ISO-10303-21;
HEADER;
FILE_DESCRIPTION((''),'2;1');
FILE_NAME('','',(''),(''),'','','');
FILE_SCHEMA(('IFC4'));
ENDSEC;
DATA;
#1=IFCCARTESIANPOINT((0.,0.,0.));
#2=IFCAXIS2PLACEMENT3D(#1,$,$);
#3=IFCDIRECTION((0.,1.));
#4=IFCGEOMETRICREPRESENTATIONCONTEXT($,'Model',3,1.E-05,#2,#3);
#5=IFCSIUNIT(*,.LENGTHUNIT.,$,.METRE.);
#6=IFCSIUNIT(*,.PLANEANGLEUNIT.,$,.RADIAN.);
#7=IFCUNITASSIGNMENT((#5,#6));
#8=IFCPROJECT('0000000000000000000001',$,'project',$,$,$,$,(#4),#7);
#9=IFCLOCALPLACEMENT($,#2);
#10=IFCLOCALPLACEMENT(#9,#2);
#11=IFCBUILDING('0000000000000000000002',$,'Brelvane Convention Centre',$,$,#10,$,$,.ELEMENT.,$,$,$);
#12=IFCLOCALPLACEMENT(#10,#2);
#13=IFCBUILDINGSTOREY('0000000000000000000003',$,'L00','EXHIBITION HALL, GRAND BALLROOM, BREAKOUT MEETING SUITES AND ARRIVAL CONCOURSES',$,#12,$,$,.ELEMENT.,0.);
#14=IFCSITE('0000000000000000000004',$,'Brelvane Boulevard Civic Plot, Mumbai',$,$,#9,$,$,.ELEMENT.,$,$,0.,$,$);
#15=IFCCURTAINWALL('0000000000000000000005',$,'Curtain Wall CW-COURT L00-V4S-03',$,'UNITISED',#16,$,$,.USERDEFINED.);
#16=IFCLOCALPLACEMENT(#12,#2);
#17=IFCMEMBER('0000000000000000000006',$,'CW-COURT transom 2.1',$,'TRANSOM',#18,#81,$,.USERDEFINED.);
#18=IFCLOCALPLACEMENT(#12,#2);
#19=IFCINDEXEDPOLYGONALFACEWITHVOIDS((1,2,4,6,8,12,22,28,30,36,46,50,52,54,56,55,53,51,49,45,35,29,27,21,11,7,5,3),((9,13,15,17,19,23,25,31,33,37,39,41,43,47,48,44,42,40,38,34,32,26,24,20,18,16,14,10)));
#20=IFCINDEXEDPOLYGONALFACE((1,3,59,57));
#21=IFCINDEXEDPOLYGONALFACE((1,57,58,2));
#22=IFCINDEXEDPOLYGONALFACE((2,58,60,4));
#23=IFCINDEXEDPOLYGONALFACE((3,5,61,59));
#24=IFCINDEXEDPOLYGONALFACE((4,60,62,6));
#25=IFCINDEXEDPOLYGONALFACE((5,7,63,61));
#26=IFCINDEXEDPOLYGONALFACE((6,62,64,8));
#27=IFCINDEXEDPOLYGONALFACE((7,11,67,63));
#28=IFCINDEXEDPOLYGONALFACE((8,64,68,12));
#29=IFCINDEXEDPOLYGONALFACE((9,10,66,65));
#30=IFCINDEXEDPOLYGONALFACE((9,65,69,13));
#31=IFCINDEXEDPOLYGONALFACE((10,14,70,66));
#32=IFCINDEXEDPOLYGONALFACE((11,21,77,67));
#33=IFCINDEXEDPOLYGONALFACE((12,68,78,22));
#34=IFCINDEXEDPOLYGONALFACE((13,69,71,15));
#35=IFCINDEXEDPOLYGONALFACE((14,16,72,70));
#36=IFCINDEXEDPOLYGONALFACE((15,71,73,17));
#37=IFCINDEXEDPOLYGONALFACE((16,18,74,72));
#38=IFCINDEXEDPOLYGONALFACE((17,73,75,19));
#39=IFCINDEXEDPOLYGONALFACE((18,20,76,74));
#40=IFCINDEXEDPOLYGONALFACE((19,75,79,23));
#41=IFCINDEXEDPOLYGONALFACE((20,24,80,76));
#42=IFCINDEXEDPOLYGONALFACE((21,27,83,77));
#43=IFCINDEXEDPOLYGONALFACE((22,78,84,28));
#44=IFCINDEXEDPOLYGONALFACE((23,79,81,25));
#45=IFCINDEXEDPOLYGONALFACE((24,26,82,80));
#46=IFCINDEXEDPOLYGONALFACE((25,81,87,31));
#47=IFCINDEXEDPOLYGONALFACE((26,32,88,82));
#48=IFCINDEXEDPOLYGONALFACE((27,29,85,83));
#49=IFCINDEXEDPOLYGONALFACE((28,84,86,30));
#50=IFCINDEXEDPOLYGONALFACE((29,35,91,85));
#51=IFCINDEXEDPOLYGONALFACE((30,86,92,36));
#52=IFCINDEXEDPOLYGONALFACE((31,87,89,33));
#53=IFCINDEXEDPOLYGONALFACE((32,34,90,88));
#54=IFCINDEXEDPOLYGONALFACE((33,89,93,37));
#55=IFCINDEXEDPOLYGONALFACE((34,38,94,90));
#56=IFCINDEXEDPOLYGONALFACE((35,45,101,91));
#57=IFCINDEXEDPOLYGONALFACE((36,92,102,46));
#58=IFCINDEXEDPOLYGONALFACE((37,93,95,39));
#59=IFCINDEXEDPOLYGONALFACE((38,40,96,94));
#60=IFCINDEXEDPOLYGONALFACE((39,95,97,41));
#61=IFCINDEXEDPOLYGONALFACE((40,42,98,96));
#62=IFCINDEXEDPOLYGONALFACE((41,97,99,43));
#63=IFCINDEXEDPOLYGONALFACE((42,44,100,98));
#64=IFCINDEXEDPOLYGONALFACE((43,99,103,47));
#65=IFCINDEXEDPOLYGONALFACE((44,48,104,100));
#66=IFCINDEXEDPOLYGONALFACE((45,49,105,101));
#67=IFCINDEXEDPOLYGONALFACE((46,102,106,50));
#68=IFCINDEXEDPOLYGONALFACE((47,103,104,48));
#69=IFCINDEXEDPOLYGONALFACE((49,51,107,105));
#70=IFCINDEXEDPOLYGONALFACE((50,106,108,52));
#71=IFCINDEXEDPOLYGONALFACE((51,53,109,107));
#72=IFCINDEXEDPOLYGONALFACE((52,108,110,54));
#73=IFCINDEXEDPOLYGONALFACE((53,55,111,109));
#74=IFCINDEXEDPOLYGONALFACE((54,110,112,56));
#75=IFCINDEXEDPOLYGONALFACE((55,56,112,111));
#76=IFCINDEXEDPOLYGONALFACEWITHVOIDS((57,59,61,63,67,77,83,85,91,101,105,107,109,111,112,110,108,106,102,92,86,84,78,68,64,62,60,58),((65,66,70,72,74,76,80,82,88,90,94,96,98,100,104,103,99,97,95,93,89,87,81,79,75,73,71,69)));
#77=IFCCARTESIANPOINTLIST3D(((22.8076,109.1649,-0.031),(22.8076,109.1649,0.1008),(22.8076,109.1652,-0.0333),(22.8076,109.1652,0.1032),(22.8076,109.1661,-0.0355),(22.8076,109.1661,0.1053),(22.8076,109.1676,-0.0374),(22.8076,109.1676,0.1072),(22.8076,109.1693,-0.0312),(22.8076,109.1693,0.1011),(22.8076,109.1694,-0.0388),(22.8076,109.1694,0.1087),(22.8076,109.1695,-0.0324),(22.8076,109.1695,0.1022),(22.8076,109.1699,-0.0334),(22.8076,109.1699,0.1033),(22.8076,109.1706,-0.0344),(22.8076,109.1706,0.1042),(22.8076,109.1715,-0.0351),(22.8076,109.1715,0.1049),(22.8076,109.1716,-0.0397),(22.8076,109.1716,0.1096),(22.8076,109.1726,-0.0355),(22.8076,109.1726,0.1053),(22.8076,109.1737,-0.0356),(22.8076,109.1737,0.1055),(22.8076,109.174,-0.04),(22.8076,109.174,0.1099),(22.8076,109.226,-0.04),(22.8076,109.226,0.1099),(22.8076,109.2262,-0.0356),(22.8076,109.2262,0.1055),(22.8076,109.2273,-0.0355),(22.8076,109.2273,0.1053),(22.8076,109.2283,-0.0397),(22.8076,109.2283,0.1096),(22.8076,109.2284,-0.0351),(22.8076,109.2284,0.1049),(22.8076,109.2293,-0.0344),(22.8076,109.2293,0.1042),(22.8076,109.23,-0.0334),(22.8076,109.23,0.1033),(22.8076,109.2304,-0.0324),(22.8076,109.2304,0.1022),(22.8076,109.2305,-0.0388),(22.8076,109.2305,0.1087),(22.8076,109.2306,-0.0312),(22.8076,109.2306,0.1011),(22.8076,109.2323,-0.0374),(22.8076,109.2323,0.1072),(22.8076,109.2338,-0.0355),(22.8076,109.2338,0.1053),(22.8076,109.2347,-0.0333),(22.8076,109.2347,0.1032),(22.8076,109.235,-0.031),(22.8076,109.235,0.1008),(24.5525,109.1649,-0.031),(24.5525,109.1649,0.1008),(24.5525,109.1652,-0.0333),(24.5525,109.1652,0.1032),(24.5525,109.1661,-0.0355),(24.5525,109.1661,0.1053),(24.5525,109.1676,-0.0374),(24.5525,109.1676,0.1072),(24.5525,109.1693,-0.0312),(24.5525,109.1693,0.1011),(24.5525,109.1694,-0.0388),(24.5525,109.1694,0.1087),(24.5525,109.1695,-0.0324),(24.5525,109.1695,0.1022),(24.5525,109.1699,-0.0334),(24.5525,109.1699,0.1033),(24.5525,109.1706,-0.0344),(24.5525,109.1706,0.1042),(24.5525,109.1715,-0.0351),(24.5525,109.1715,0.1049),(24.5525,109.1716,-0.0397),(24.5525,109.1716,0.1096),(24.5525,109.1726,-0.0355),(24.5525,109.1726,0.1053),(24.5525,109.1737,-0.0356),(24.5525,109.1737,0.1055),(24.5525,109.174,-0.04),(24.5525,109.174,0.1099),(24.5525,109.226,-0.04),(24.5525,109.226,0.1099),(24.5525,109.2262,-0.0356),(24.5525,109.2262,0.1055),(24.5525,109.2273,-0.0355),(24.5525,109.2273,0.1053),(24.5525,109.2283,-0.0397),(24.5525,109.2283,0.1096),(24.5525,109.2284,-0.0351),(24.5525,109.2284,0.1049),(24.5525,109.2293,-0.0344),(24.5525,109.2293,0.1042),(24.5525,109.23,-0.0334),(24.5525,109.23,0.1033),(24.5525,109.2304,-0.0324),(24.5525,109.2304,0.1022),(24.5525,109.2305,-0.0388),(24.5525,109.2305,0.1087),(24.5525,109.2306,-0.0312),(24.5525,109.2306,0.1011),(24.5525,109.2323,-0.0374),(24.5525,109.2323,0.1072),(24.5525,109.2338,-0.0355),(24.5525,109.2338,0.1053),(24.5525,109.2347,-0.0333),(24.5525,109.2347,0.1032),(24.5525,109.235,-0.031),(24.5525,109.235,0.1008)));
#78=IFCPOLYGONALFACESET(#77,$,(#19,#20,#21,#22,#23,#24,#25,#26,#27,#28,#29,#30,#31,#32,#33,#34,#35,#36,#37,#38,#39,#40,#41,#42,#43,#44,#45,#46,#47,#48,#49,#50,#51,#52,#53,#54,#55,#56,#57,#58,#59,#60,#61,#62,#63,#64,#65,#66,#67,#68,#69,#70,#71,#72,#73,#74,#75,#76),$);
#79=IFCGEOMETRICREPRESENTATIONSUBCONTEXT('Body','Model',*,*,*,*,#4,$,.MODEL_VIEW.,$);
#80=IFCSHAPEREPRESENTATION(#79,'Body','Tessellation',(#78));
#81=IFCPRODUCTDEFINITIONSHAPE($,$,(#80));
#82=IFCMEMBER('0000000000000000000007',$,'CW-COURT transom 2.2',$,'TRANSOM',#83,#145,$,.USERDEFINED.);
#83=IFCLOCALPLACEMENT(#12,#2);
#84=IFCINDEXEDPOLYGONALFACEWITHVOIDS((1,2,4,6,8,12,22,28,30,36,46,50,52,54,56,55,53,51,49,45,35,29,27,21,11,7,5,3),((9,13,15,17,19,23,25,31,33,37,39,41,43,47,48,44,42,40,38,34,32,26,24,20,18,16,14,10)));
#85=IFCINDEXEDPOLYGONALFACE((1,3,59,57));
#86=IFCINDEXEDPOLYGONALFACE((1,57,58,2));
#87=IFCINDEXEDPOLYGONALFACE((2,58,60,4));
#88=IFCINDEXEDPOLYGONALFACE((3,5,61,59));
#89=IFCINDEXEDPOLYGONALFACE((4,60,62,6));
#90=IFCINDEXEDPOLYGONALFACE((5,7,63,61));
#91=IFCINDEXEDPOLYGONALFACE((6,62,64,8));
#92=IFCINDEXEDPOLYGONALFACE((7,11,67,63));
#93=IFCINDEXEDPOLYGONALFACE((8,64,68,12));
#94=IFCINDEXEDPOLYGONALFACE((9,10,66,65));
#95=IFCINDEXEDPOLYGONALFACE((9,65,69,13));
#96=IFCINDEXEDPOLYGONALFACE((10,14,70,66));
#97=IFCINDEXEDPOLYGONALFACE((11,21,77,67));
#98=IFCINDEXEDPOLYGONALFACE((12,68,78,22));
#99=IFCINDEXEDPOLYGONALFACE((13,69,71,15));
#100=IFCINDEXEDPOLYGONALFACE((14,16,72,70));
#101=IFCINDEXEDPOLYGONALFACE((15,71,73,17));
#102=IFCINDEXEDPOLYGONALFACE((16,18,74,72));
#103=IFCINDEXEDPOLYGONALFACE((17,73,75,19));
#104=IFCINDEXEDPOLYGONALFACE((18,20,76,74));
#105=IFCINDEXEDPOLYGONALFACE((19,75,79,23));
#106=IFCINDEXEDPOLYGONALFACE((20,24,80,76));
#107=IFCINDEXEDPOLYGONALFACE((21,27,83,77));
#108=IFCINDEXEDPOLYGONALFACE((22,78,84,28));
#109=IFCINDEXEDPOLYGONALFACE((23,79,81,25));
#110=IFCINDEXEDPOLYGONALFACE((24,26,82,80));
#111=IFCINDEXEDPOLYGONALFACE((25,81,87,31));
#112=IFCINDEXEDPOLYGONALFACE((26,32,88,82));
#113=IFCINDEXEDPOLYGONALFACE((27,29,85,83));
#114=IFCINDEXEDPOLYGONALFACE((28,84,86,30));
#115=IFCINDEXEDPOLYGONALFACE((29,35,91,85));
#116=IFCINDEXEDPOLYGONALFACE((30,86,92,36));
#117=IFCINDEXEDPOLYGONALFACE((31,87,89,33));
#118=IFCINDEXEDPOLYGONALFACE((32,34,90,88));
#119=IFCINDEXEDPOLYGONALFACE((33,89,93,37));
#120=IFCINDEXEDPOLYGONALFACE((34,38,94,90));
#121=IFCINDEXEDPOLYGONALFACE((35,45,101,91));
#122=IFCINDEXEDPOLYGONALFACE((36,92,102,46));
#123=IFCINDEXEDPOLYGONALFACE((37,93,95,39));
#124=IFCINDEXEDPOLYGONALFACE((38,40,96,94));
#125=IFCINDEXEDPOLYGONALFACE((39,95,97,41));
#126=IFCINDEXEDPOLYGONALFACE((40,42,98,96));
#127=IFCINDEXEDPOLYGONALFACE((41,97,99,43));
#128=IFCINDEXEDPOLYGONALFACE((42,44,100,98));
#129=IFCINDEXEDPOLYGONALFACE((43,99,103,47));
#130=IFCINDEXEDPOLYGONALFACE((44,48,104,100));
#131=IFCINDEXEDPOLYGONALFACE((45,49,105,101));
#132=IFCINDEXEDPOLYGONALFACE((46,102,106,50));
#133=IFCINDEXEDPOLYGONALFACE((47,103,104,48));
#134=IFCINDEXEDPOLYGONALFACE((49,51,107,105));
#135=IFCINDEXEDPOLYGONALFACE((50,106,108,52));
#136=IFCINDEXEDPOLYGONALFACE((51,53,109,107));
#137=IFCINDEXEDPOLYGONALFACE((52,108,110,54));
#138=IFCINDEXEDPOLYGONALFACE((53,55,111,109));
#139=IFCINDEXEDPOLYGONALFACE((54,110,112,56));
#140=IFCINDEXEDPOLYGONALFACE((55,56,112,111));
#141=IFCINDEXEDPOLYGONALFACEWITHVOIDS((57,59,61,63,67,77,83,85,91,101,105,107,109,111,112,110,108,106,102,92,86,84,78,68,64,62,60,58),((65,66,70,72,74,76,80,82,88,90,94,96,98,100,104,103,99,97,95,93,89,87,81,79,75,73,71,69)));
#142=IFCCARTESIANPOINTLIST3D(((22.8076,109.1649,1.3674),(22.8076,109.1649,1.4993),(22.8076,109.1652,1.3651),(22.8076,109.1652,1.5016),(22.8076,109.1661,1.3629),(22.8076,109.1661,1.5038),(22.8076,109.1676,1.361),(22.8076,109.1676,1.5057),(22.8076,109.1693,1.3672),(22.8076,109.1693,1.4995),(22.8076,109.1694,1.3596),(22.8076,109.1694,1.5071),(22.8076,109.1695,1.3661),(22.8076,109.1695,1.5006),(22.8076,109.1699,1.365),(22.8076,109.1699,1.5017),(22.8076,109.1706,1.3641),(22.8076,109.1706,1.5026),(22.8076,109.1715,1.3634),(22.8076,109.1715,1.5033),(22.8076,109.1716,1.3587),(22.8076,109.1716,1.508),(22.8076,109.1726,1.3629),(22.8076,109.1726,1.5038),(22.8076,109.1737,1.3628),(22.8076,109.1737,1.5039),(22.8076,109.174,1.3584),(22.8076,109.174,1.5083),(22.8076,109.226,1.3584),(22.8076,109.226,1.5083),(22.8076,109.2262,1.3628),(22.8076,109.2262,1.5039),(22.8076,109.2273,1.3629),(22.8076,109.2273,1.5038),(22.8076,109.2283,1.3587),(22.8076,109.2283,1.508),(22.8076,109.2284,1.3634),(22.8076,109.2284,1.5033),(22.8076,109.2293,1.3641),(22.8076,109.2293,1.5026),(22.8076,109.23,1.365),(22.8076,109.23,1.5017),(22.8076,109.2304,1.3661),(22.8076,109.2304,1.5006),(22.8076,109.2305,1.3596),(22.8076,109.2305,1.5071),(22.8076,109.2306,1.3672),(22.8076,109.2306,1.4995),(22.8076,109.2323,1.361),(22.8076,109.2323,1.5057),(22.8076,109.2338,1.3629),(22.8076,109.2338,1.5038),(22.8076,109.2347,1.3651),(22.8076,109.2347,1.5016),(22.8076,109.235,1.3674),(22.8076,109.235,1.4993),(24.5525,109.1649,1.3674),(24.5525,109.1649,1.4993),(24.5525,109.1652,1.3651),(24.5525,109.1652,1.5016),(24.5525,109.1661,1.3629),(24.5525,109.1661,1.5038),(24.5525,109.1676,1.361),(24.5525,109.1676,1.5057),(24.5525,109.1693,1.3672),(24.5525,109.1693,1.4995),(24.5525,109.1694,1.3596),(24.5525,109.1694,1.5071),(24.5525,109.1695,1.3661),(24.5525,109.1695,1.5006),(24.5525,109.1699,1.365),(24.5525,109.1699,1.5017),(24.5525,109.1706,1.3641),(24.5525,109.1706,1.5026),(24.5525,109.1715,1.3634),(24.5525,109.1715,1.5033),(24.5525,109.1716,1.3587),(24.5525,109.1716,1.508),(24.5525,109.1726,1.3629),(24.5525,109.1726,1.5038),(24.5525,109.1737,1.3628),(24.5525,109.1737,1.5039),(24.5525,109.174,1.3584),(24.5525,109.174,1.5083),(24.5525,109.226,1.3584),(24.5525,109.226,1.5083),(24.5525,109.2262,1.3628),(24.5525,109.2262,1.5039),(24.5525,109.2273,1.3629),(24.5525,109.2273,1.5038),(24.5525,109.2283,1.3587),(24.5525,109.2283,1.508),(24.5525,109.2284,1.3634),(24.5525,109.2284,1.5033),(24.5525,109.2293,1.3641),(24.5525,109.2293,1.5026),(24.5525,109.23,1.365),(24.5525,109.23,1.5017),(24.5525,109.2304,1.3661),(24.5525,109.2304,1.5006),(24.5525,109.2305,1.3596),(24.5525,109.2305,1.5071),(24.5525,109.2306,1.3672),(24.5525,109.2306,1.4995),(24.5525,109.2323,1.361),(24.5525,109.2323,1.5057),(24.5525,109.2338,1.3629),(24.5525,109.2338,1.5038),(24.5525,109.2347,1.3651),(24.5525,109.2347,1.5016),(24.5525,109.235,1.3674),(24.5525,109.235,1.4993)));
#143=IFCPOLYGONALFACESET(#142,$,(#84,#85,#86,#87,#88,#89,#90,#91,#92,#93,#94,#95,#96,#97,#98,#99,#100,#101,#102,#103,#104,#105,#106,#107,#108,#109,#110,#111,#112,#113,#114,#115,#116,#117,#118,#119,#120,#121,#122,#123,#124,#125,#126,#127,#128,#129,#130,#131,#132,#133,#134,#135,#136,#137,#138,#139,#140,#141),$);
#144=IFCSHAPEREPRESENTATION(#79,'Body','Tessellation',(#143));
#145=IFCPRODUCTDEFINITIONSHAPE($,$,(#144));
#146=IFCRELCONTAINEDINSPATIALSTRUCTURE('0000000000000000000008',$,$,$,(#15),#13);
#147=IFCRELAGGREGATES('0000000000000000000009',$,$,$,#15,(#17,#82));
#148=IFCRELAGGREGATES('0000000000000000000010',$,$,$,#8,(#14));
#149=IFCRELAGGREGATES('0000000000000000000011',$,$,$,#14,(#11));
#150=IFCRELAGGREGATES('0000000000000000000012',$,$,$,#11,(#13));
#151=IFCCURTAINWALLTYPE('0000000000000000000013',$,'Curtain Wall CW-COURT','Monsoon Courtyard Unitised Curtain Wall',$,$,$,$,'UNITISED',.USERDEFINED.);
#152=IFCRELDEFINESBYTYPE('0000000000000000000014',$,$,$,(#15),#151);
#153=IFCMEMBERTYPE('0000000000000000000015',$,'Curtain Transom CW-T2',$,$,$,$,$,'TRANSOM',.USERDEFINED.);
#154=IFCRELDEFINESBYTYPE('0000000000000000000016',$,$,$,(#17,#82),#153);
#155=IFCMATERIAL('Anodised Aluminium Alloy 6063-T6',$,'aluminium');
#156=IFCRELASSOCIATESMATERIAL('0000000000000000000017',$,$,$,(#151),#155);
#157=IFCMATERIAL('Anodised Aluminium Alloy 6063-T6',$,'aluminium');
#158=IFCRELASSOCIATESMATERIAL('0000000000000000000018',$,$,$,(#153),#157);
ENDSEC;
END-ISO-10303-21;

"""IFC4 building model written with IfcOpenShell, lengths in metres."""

from ifc_helpers import new_model, si_unit, direction, frame, origin, origin_2d, place, context, subcontext, project, spatial, hollow_rectangle, extrude, material, material_profile, profile_set, type_object, element, aggregate, save


model = new_model("IFC4")

# Units and contexts
model_context = context("Model", 3, precision=1e-05, world=origin(), true_north=direction((0.0, 1.0)))
body_context = subcontext(model_context, "Body", "Model", "MODEL_VIEW")
ifc_project = project(units=[si_unit("LENGTHUNIT", "METRE"), si_unit("PLANEANGLEUNIT", "RADIAN")], contexts=[model_context])

# Site, building, storey
site_placement = place(None, origin())
site = spatial("IfcSite", under=ifc_project, at=site_placement, Name="Brelvane Boulevard Civic Plot, Mumbai", CompositionType="ELEMENT", RefElevation=0.0)
building_placement = place(site_placement, origin())
building = spatial("IfcBuilding", under=site, at=building_placement, Name="Brelvane Convention Centre", CompositionType="ELEMENT")
storey_placement = place(building_placement, origin())
storey = spatial("IfcBuildingStorey", under=building, at=storey_placement, Name="L00", Description="EXHIBITION HALL, GRAND BALLROOM, BREAKOUT MEETING SUITES AND ARRIVAL CONCOURSES", CompositionType="ELEMENT", Elevation=0.0)

# Curtain wall, members
ifc_material_1 = material(Name="Anodised Aluminium Alloy 6063-T6", Category="aluminium")
curtain_wall_type = type_object("IfcCurtainWallType", Name="Curtain Wall CW-COURT", Description="Monsoon Courtyard Unitised Curtain Wall", ElementType="UNITISED", PredefinedType="USERDEFINED", material=ifc_material_1)
curtain_wall_placement = place(storey_placement, origin())
curtain_wall = element("IfcCurtainWall", 1, at=curtain_wall_placement, inside=storey, type_object=curtain_wall_type, Name="Curtain Wall CW-COURT L00-V4S-03", ObjectType="UNITISED", PredefinedType="USERDEFINED")
ifc_material_2 = material(Name="Anodised Aluminium Alloy 6063-T6", Category="aluminium")
ifc_material_profile_1 = material_profile(ifc_material_2, hollow_rectangle(XDim=0.0701, YDim=0.1499, WallThickness=0.0044, InnerFilletRadius=0.0044, OuterFilletRadius=0.009, at=origin_2d()), Name="ALU-T 150x70x4.5")
ifc_profile_set_1 = profile_set([ifc_material_profile_1], Name="Anodised Aluminium Alloy 6063-T6")
member_type_1 = type_object("IfcMemberType", Name="Curtain Transom CW-T2", ElementType="TRANSOM", PredefinedType="USERDEFINED", material=ifc_profile_set_1)
member_1_placement = place(storey_placement, frame((22.8076, 109.2, 0.0349), z_axis=(1.0, 0.0, 0.0), x_axis=(0.0, 1.0, 0.0)))
member_1 = element("IfcMember", 2, at=member_1_placement, type_object=member_type_1, Name="CW-COURT transom 2.1", ObjectType="TRANSOM", PredefinedType="USERDEFINED", context=body_context, shape_type="SweptSolid", body=[
    extrude(hollow_rectangle(XDim=0.0701, YDim=0.1499, WallThickness=0.0044, InnerFilletRadius=0.0044, OuterFilletRadius=0.009, at=origin_2d()), origin(), (0.0, 0.0, 1.0), 1.7449),
])
member_2_placement = place(storey_placement, frame((22.8076, 109.2, 1.4333), z_axis=(1.0, 0.0, 0.0), x_axis=(0.0, 1.0, 0.0)))
member_2 = element("IfcMember", 3, at=member_2_placement, type_object=member_type_1, Name="CW-COURT transom 2.2", ObjectType="TRANSOM", PredefinedType="USERDEFINED", context=body_context, shape_type="SweptSolid", body=[
    extrude(hollow_rectangle(XDim=0.0701, YDim=0.1499, WallThickness=0.0044, InnerFilletRadius=0.0044, OuterFilletRadius=0.009, at=origin_2d()), origin(), (0.0, 0.0, 1.0), 1.7449),
])

aggregate(curtain_wall, [member_1, member_2])

save(model, "model.ifc")
